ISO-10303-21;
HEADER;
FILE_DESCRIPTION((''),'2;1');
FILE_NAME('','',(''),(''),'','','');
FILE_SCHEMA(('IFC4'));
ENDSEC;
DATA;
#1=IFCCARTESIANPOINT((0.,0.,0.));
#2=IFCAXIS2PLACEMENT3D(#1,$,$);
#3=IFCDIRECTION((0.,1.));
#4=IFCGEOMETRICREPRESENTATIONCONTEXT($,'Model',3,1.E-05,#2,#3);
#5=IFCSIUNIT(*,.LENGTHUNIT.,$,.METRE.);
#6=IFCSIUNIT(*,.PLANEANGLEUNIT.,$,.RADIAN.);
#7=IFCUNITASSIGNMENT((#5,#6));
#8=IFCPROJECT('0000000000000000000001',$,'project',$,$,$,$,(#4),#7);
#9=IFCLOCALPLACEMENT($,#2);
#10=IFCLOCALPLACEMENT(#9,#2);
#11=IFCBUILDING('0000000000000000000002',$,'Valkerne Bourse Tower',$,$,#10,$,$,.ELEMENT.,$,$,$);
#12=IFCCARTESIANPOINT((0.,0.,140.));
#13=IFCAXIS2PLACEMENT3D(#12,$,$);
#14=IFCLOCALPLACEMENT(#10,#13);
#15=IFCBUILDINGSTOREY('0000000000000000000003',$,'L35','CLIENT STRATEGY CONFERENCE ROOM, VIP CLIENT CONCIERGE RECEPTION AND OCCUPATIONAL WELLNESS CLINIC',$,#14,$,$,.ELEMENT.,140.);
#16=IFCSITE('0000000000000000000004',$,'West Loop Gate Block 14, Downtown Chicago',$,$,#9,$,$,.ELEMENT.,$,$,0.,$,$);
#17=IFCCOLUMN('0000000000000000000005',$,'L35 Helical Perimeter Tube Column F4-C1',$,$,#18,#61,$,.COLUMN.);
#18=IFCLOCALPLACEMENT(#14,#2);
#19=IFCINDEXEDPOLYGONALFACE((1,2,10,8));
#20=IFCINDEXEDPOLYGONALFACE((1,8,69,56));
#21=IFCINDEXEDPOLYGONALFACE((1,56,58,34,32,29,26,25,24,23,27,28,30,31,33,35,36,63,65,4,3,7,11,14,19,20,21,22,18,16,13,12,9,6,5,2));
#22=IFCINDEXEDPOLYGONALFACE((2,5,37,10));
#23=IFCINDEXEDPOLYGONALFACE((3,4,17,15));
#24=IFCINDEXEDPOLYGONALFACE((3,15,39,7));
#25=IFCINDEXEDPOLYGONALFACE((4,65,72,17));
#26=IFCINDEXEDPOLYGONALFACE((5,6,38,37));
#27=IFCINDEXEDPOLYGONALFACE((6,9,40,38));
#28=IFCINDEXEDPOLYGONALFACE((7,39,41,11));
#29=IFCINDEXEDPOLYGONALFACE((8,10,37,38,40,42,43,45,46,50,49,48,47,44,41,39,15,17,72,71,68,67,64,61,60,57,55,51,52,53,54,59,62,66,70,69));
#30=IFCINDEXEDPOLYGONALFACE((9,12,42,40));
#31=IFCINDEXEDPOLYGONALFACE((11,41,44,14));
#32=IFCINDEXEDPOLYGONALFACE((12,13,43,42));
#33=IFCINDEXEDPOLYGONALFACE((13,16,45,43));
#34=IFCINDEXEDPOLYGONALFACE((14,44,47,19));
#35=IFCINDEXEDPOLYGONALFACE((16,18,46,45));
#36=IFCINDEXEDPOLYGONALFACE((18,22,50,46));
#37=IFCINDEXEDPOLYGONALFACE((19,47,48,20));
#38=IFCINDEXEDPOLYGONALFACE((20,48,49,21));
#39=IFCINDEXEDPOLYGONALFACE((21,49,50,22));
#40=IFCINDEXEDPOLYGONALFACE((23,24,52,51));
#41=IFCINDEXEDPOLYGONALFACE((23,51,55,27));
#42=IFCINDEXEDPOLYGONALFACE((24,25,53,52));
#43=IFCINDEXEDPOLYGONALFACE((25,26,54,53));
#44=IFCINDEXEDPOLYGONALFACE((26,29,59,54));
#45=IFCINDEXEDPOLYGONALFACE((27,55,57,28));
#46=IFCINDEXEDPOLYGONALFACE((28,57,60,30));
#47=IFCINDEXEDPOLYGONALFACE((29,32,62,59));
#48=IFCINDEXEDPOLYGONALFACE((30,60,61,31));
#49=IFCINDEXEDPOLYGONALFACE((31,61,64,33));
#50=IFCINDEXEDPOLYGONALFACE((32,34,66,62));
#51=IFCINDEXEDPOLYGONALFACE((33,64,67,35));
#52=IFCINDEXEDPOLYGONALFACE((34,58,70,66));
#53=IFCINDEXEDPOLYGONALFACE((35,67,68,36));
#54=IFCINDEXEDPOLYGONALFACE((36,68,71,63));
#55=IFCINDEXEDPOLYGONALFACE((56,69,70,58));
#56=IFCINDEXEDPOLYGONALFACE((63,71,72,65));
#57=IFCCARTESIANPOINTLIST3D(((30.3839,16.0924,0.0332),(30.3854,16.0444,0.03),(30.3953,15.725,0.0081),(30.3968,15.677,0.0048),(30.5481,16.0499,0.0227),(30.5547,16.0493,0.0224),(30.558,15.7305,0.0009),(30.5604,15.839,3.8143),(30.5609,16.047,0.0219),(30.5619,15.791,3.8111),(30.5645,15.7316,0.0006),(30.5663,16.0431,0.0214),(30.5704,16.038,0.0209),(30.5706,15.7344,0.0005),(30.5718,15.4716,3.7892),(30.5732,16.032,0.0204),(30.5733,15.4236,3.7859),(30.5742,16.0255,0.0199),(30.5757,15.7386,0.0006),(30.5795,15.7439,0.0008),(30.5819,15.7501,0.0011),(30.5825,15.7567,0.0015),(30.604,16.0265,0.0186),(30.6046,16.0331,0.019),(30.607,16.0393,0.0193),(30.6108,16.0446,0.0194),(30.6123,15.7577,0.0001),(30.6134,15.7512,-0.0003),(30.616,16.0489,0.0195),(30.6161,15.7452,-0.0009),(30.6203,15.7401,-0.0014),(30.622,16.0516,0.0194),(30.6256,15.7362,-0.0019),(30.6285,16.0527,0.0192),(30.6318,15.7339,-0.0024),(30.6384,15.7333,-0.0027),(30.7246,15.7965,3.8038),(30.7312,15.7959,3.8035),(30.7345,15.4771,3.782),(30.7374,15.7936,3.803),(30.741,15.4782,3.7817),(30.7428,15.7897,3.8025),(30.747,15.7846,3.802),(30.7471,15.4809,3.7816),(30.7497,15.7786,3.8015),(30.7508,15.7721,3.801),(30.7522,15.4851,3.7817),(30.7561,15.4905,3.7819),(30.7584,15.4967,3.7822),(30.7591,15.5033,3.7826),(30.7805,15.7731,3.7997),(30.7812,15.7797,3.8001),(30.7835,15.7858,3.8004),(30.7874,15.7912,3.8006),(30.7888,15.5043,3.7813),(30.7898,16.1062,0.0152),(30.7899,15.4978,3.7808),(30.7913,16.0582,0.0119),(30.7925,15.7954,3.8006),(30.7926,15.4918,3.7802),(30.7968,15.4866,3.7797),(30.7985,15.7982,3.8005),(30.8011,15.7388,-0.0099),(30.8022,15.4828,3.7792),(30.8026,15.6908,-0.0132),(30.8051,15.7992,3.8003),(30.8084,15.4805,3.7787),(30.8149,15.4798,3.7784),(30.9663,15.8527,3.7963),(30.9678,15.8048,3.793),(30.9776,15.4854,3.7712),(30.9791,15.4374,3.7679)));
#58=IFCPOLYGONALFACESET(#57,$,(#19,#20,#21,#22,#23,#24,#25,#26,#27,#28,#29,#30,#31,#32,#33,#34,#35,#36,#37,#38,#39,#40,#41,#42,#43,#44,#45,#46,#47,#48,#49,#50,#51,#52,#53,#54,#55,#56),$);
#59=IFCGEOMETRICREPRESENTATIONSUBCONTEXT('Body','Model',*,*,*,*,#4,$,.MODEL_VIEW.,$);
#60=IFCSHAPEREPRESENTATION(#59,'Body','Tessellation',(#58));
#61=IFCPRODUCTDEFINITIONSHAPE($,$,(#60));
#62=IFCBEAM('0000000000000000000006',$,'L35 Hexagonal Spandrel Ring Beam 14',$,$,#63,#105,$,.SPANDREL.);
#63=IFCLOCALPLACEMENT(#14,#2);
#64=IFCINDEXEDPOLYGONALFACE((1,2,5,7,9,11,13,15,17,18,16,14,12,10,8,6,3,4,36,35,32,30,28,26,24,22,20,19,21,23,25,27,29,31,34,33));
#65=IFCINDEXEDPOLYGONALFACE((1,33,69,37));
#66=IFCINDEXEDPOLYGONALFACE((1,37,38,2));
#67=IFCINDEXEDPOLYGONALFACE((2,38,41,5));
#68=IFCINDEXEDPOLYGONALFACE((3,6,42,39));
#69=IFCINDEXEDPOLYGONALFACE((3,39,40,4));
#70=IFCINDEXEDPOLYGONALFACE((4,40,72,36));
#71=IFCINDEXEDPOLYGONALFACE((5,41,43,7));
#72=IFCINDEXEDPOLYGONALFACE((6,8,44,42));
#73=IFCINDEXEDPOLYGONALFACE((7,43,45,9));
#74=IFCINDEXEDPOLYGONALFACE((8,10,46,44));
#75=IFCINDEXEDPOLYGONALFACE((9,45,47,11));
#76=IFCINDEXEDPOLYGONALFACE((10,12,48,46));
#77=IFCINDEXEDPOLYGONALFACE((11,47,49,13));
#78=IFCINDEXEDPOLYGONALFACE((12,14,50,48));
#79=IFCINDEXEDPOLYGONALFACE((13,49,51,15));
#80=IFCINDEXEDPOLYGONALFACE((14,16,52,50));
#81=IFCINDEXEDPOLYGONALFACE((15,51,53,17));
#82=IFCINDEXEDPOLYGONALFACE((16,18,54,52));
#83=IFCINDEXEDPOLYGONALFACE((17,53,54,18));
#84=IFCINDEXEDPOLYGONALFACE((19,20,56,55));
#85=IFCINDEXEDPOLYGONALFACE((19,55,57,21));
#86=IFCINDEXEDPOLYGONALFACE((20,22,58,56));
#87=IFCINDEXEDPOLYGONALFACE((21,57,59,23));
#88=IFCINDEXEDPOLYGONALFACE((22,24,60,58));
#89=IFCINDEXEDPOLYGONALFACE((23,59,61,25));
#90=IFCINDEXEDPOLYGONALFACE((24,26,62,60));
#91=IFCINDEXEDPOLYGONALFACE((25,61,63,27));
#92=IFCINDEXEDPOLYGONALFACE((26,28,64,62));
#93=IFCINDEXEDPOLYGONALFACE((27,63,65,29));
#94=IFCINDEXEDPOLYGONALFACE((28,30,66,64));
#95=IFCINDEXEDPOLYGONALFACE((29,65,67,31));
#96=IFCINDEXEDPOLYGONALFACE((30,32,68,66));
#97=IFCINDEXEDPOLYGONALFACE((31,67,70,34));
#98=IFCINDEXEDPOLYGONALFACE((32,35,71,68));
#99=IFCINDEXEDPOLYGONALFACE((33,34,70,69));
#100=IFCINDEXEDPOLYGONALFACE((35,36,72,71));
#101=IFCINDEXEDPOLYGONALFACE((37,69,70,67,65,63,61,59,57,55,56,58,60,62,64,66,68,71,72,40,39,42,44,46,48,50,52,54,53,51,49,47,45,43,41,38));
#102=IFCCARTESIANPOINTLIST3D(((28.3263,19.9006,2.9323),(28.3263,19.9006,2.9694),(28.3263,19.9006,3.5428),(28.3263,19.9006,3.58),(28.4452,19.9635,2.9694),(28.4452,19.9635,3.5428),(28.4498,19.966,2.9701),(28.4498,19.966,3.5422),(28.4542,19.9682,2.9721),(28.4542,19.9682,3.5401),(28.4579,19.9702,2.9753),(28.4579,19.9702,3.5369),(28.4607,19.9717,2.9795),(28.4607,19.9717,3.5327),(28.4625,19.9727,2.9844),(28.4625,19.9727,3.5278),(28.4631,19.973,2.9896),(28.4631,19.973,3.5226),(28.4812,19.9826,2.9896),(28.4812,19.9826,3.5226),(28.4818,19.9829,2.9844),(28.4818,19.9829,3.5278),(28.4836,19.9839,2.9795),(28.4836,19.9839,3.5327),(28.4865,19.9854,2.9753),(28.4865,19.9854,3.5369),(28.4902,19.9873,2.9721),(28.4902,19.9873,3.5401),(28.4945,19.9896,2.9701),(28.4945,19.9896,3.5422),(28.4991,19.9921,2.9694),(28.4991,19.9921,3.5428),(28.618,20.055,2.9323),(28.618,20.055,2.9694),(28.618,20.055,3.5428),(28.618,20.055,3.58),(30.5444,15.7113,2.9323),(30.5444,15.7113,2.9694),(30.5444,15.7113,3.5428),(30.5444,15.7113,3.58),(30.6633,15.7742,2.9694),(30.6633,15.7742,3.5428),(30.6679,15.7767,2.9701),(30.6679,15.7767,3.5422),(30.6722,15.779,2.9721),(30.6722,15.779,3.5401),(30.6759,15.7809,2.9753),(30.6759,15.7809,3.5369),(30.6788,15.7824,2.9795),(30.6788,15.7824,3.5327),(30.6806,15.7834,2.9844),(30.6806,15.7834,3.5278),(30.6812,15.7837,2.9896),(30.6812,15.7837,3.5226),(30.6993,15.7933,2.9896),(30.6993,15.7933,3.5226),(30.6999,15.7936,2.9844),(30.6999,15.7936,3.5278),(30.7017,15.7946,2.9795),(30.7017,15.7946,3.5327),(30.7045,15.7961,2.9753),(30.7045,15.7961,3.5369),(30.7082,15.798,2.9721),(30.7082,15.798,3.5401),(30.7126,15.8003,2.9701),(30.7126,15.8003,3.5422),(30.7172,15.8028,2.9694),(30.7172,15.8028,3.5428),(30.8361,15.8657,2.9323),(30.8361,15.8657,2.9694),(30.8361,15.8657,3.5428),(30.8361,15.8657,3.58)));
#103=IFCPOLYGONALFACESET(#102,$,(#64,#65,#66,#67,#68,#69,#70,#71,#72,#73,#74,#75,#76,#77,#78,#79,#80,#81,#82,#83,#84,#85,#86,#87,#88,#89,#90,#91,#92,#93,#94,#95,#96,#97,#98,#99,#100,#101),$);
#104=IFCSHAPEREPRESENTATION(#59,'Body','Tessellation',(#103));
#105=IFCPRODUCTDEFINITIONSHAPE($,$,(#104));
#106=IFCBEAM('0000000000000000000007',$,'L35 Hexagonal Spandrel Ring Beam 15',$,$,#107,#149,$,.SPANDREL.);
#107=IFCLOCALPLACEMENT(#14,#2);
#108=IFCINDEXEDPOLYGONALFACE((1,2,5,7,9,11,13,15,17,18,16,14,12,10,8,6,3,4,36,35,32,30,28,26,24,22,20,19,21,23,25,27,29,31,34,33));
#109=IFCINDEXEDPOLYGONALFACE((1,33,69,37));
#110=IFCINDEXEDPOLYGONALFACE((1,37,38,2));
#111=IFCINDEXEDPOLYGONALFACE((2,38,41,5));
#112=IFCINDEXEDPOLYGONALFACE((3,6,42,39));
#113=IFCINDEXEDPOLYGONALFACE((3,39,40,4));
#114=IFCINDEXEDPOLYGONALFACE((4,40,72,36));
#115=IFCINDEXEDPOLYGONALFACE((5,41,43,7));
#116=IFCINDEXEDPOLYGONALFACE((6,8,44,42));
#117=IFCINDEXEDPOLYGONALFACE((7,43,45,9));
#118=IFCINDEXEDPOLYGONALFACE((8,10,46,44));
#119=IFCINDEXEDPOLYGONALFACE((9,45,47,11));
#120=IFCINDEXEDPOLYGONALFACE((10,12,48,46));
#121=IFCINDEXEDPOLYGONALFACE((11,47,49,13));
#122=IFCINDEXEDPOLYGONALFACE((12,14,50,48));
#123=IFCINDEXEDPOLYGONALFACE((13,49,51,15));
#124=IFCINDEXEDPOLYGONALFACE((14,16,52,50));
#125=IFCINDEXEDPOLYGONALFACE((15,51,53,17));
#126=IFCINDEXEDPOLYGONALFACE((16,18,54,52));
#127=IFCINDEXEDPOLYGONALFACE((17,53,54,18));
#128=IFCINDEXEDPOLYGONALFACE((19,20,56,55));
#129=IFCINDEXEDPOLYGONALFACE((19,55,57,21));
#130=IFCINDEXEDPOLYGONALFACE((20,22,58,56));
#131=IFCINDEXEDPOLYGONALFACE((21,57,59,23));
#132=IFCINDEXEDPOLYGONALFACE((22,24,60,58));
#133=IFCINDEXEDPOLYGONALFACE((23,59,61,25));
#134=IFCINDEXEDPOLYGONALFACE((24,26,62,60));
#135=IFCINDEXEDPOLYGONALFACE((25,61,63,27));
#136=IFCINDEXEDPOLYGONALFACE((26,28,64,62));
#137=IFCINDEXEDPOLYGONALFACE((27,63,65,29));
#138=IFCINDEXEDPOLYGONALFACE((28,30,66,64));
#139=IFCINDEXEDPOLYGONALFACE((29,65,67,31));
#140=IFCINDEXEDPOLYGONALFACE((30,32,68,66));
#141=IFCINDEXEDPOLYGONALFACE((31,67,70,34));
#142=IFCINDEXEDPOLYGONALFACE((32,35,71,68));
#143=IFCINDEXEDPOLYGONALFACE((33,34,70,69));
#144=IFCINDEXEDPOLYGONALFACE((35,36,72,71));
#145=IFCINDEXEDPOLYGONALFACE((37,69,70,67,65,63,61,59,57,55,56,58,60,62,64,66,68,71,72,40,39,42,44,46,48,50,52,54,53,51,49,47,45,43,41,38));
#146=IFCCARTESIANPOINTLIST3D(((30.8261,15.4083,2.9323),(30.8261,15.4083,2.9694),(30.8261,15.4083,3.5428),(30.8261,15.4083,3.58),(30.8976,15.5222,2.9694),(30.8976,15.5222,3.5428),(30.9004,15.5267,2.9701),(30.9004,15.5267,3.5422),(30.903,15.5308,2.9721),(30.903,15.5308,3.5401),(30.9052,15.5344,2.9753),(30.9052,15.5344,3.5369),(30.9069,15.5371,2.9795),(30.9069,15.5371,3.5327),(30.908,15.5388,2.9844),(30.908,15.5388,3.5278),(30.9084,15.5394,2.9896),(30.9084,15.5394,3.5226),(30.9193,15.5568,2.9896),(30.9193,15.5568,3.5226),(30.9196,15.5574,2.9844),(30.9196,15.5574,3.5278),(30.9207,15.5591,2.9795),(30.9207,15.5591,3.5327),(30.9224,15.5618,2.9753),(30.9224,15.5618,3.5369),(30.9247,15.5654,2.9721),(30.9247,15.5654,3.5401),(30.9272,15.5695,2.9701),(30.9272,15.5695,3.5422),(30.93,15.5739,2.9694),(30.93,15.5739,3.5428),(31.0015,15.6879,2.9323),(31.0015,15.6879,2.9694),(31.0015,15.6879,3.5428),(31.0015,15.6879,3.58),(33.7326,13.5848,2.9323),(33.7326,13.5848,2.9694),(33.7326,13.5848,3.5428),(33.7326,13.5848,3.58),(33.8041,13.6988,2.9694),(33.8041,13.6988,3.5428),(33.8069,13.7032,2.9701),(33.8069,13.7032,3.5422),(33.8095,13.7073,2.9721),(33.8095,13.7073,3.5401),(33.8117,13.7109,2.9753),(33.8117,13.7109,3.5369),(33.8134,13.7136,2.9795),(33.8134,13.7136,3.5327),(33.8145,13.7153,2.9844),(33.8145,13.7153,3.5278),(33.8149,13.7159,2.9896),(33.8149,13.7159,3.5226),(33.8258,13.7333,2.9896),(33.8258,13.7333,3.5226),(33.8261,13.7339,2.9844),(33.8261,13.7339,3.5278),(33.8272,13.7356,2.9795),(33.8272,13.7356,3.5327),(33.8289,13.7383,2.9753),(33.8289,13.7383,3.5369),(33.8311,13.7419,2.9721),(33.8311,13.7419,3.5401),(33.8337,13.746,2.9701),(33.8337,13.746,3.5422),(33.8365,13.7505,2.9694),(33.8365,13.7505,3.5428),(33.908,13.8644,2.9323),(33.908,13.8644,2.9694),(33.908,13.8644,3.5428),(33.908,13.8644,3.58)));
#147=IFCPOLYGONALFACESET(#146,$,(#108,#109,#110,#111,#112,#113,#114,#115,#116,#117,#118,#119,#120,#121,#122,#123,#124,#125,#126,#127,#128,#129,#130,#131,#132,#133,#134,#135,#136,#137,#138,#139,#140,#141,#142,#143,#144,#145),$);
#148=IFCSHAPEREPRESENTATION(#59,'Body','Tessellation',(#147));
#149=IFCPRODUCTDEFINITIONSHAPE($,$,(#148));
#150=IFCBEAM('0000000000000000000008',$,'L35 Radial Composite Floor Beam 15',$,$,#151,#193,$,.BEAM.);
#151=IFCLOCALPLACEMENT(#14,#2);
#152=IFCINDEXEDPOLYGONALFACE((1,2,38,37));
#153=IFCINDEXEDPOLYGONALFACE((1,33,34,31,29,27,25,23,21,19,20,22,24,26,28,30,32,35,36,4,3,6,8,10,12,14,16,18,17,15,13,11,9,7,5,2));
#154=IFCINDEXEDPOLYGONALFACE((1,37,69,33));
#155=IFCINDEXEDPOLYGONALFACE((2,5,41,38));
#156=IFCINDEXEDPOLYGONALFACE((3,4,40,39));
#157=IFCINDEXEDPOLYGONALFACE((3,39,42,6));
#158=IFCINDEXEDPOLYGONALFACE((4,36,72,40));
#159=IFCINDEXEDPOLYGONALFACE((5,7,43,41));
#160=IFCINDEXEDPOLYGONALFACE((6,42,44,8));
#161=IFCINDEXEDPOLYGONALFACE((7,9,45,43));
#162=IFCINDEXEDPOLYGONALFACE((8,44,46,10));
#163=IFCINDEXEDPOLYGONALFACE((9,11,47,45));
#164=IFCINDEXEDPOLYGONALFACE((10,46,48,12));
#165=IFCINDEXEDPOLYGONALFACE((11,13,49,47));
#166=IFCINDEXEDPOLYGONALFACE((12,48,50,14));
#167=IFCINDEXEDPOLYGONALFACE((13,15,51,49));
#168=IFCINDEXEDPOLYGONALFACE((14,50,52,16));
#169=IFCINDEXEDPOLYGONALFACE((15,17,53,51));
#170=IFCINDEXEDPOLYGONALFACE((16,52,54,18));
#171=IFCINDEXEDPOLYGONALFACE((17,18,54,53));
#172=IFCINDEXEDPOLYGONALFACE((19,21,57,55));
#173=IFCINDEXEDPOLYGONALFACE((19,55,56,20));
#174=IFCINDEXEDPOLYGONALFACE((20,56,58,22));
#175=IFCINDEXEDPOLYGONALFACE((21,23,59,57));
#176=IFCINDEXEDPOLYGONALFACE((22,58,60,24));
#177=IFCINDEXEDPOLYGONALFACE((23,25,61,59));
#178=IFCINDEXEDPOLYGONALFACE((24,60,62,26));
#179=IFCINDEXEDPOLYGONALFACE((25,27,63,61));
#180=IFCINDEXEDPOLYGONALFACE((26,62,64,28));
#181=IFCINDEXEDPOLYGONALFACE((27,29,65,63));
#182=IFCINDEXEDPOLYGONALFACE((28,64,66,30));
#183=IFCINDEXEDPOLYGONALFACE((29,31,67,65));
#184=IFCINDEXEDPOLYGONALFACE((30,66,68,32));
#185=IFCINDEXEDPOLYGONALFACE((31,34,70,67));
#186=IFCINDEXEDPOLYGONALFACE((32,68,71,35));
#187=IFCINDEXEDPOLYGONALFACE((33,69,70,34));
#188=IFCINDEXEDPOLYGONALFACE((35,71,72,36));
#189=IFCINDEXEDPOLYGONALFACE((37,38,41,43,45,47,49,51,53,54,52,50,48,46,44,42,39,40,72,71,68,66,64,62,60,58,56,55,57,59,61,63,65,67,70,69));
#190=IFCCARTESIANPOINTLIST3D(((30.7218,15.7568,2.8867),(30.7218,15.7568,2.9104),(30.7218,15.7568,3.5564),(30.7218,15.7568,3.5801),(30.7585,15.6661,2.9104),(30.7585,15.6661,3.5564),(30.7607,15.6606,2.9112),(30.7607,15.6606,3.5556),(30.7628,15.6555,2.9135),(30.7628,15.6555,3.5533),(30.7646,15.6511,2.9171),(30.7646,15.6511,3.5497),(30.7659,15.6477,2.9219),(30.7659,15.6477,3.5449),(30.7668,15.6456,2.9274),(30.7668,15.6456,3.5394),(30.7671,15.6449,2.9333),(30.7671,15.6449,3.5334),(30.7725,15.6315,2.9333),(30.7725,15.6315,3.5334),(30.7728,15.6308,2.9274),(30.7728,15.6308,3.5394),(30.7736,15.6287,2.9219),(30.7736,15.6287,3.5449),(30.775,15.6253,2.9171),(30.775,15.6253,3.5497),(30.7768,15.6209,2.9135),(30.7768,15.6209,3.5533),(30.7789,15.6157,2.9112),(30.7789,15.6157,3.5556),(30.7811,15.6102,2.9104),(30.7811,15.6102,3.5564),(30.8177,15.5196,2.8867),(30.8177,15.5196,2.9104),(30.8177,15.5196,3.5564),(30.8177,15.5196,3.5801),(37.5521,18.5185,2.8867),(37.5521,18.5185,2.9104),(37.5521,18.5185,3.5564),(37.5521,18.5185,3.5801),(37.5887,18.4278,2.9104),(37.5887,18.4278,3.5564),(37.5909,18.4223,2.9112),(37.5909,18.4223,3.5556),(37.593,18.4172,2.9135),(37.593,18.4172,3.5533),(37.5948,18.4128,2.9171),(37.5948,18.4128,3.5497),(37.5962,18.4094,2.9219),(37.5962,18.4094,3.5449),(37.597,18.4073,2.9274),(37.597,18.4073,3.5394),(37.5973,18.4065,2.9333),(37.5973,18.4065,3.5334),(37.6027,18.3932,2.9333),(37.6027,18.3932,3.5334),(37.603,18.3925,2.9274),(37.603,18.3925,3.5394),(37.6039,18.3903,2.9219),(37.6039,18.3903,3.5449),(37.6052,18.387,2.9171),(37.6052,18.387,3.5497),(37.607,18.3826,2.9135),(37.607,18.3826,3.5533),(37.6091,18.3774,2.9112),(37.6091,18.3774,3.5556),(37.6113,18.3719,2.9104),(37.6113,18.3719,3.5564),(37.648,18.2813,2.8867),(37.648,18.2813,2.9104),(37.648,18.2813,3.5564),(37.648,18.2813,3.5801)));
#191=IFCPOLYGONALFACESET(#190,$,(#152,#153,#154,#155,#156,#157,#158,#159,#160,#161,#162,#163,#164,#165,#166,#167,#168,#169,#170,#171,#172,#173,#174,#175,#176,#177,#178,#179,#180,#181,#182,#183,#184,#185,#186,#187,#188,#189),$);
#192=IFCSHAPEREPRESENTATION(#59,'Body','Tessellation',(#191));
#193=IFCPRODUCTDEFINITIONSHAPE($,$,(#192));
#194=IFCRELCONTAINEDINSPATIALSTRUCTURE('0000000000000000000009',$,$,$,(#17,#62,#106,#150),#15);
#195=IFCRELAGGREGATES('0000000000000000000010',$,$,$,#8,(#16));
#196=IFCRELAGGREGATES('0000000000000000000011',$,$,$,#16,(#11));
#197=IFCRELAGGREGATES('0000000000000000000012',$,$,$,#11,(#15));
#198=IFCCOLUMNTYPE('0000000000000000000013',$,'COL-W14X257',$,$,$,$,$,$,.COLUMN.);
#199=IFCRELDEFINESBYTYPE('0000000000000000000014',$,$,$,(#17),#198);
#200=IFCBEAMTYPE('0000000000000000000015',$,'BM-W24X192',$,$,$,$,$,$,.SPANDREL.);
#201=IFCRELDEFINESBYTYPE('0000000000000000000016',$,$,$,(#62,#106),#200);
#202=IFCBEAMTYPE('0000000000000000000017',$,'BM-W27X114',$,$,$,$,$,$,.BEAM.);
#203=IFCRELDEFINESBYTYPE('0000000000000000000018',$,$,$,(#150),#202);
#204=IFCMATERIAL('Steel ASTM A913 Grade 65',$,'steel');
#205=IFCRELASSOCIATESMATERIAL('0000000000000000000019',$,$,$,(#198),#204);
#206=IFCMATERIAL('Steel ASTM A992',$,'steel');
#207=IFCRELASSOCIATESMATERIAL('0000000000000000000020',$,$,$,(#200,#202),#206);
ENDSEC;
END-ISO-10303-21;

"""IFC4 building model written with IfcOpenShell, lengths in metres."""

from ifc_helpers import new_model, si_unit, direction, frame, origin, origin_2d, place, context, subcontext, project, spatial, i_section, extrude, material, material_profile, profile_set, type_object, element, save


model = new_model("IFC4")

# Units and contexts
model_context = context("Model", 3, precision=1e-05, world=origin(), true_north=direction((0.0, 1.0)))
body_context = subcontext(model_context, "Body", "Model", "MODEL_VIEW")
ifc_project = project(units=[si_unit("LENGTHUNIT", "METRE"), si_unit("PLANEANGLEUNIT", "RADIAN")], contexts=[model_context])

# Site, building, storey
site_placement = place(None, origin())
site = spatial("IfcSite", under=ifc_project, at=site_placement, Name="West Loop Gate Block 14, Downtown Chicago", CompositionType="ELEMENT", RefElevation=0.0)
building_placement = place(site_placement, origin())
building = spatial("IfcBuilding", under=site, at=building_placement, Name="Valkerne Bourse Tower", CompositionType="ELEMENT")
storey_placement = place(building_placement, frame((0.0, 0.0, 140.0)))
storey = spatial("IfcBuildingStorey", under=building, at=storey_placement, Name="L35", Description="CLIENT STRATEGY CONFERENCE ROOM, VIP CLIENT CONCIERGE RECEPTION AND OCCUPATIONAL WELLNESS CLINIC", CompositionType="ELEMENT", Elevation=140.0)

# Column
ifc_material_1 = material(Name="Steel ASTM A913 Grade 65", Category="steel")
ifc_material_profile_1 = material_profile(ifc_material_1, i_section(OverallWidth=0.4065, OverallDepth=0.4165, WebThickness=0.0298, FlangeThickness=0.0481, FilletRadius=0.0254, at=origin_2d()), Name="W14X257")
ifc_profile_set_1 = profile_set([ifc_material_profile_1], Name="Steel ASTM A913 Grade 65")
column_type = type_object("IfcColumnType", Name="COL-W14X257", PredefinedType="COLUMN", material=ifc_profile_set_1)
column_placement = place(storey_placement, frame((30.5933, 15.8916, 0.01), z_axis=(0.046529, -0.066801, 0.996681), x_axis=(0.998441, 0.033914, -0.044339)))
element("IfcColumn", 1, at=column_placement, inside=storey, type_object=column_type, Name="L35 Helical Perimeter Tube Column F4-C1", PredefinedType="COLUMN", context=body_context, shape_type="SweptSolid", body=[
    extrude(i_section(OverallWidth=0.4065, OverallDepth=0.4165, WebThickness=0.0298, FlangeThickness=0.0481, FilletRadius=0.0254, at=origin_2d()), origin(), (0.0, 0.0, 1.0), 3.7937),
])

# Beams
ifc_material_2 = material(Name="Steel ASTM A992", Category="steel")
ifc_material_profile_2 = material_profile(ifc_material_2, i_section(OverallWidth=0.3301, OverallDepth=0.6477, WebThickness=0.0205, FlangeThickness=0.0371, FilletRadius=0.0203, at=origin_2d()), Name="W24X192")
ifc_profile_set_2 = profile_set([ifc_material_profile_2], Name="Steel ASTM A992")
beam_type_1 = type_object("IfcBeamType", Name="BM-W24X192", PredefinedType="SPANDREL", material=ifc_profile_set_2)
beam_1_placement = place(storey_placement, frame((28.4722, 19.9778, 3.2561), z_axis=(0.467921, -0.88377, 0.0), x_axis=(0.88377, 0.467921, 0.0)))
element("IfcBeam", 2, at=beam_1_placement, inside=storey, type_object=beam_type_1, Name="L35 Hexagonal Spandrel Ring Beam 14", PredefinedType="SPANDREL", context=body_context, shape_type="SweptSolid", body=[
    extrude(i_section(OverallWidth=0.3301, OverallDepth=0.6477, WebThickness=0.0205, FlangeThickness=0.0371, FilletRadius=0.0203, at=origin_2d()), origin(), (0.0, 0.0, 1.0), 4.7402),
])
beam_2_placement = place(storey_placement, frame((30.9138, 15.5481, 3.2561), z_axis=(0.84709, -0.53145, 0.0), x_axis=(0.53145, 0.84709, 0.0)))
element("IfcBeam", 3, at=beam_2_placement, inside=storey, type_object=beam_type_1, Name="L35 Hexagonal Spandrel Ring Beam 15", PredefinedType="SPANDREL", context=body_context, shape_type="SweptSolid", body=[
    extrude(i_section(OverallWidth=0.3301, OverallDepth=0.6477, WebThickness=0.0205, FlangeThickness=0.0371, FilletRadius=0.0203, at=origin_2d()), origin(), (0.0, 0.0, 1.0), 3.4312),
])
ifc_material_profile_3 = material_profile(ifc_material_2, i_section(OverallWidth=0.2559, OverallDepth=0.6934, WebThickness=0.0144, FlangeThickness=0.0237, FilletRadius=0.0229, at=origin_2d()), Name="W27X114")
ifc_profile_set_3 = profile_set([ifc_material_profile_3], Name="Steel ASTM A992")
beam_type_2 = type_object("IfcBeamType", Name="BM-W27X114", PredefinedType="BEAM", material=ifc_profile_set_3)
beam_3_placement = place(storey_placement, frame((30.7698, 15.6382, 3.2334), z_axis=(0.927085, 0.37485, 0.0), x_axis=(-0.37485, 0.927085, 0.0)))
element("IfcBeam", 4, at=beam_3_placement, inside=storey, type_object=beam_type_2, Name="L35 Radial Composite Floor Beam 15", PredefinedType="BEAM", context=body_context, shape_type="SweptSolid", body=[
    extrude(i_section(OverallWidth=0.2559, OverallDepth=0.6934, WebThickness=0.0144, FlangeThickness=0.0237, FilletRadius=0.0229, at=origin_2d()), origin(), (0.0, 0.0, 1.0), 7.3674),
])

save(model, "model.ifc")
